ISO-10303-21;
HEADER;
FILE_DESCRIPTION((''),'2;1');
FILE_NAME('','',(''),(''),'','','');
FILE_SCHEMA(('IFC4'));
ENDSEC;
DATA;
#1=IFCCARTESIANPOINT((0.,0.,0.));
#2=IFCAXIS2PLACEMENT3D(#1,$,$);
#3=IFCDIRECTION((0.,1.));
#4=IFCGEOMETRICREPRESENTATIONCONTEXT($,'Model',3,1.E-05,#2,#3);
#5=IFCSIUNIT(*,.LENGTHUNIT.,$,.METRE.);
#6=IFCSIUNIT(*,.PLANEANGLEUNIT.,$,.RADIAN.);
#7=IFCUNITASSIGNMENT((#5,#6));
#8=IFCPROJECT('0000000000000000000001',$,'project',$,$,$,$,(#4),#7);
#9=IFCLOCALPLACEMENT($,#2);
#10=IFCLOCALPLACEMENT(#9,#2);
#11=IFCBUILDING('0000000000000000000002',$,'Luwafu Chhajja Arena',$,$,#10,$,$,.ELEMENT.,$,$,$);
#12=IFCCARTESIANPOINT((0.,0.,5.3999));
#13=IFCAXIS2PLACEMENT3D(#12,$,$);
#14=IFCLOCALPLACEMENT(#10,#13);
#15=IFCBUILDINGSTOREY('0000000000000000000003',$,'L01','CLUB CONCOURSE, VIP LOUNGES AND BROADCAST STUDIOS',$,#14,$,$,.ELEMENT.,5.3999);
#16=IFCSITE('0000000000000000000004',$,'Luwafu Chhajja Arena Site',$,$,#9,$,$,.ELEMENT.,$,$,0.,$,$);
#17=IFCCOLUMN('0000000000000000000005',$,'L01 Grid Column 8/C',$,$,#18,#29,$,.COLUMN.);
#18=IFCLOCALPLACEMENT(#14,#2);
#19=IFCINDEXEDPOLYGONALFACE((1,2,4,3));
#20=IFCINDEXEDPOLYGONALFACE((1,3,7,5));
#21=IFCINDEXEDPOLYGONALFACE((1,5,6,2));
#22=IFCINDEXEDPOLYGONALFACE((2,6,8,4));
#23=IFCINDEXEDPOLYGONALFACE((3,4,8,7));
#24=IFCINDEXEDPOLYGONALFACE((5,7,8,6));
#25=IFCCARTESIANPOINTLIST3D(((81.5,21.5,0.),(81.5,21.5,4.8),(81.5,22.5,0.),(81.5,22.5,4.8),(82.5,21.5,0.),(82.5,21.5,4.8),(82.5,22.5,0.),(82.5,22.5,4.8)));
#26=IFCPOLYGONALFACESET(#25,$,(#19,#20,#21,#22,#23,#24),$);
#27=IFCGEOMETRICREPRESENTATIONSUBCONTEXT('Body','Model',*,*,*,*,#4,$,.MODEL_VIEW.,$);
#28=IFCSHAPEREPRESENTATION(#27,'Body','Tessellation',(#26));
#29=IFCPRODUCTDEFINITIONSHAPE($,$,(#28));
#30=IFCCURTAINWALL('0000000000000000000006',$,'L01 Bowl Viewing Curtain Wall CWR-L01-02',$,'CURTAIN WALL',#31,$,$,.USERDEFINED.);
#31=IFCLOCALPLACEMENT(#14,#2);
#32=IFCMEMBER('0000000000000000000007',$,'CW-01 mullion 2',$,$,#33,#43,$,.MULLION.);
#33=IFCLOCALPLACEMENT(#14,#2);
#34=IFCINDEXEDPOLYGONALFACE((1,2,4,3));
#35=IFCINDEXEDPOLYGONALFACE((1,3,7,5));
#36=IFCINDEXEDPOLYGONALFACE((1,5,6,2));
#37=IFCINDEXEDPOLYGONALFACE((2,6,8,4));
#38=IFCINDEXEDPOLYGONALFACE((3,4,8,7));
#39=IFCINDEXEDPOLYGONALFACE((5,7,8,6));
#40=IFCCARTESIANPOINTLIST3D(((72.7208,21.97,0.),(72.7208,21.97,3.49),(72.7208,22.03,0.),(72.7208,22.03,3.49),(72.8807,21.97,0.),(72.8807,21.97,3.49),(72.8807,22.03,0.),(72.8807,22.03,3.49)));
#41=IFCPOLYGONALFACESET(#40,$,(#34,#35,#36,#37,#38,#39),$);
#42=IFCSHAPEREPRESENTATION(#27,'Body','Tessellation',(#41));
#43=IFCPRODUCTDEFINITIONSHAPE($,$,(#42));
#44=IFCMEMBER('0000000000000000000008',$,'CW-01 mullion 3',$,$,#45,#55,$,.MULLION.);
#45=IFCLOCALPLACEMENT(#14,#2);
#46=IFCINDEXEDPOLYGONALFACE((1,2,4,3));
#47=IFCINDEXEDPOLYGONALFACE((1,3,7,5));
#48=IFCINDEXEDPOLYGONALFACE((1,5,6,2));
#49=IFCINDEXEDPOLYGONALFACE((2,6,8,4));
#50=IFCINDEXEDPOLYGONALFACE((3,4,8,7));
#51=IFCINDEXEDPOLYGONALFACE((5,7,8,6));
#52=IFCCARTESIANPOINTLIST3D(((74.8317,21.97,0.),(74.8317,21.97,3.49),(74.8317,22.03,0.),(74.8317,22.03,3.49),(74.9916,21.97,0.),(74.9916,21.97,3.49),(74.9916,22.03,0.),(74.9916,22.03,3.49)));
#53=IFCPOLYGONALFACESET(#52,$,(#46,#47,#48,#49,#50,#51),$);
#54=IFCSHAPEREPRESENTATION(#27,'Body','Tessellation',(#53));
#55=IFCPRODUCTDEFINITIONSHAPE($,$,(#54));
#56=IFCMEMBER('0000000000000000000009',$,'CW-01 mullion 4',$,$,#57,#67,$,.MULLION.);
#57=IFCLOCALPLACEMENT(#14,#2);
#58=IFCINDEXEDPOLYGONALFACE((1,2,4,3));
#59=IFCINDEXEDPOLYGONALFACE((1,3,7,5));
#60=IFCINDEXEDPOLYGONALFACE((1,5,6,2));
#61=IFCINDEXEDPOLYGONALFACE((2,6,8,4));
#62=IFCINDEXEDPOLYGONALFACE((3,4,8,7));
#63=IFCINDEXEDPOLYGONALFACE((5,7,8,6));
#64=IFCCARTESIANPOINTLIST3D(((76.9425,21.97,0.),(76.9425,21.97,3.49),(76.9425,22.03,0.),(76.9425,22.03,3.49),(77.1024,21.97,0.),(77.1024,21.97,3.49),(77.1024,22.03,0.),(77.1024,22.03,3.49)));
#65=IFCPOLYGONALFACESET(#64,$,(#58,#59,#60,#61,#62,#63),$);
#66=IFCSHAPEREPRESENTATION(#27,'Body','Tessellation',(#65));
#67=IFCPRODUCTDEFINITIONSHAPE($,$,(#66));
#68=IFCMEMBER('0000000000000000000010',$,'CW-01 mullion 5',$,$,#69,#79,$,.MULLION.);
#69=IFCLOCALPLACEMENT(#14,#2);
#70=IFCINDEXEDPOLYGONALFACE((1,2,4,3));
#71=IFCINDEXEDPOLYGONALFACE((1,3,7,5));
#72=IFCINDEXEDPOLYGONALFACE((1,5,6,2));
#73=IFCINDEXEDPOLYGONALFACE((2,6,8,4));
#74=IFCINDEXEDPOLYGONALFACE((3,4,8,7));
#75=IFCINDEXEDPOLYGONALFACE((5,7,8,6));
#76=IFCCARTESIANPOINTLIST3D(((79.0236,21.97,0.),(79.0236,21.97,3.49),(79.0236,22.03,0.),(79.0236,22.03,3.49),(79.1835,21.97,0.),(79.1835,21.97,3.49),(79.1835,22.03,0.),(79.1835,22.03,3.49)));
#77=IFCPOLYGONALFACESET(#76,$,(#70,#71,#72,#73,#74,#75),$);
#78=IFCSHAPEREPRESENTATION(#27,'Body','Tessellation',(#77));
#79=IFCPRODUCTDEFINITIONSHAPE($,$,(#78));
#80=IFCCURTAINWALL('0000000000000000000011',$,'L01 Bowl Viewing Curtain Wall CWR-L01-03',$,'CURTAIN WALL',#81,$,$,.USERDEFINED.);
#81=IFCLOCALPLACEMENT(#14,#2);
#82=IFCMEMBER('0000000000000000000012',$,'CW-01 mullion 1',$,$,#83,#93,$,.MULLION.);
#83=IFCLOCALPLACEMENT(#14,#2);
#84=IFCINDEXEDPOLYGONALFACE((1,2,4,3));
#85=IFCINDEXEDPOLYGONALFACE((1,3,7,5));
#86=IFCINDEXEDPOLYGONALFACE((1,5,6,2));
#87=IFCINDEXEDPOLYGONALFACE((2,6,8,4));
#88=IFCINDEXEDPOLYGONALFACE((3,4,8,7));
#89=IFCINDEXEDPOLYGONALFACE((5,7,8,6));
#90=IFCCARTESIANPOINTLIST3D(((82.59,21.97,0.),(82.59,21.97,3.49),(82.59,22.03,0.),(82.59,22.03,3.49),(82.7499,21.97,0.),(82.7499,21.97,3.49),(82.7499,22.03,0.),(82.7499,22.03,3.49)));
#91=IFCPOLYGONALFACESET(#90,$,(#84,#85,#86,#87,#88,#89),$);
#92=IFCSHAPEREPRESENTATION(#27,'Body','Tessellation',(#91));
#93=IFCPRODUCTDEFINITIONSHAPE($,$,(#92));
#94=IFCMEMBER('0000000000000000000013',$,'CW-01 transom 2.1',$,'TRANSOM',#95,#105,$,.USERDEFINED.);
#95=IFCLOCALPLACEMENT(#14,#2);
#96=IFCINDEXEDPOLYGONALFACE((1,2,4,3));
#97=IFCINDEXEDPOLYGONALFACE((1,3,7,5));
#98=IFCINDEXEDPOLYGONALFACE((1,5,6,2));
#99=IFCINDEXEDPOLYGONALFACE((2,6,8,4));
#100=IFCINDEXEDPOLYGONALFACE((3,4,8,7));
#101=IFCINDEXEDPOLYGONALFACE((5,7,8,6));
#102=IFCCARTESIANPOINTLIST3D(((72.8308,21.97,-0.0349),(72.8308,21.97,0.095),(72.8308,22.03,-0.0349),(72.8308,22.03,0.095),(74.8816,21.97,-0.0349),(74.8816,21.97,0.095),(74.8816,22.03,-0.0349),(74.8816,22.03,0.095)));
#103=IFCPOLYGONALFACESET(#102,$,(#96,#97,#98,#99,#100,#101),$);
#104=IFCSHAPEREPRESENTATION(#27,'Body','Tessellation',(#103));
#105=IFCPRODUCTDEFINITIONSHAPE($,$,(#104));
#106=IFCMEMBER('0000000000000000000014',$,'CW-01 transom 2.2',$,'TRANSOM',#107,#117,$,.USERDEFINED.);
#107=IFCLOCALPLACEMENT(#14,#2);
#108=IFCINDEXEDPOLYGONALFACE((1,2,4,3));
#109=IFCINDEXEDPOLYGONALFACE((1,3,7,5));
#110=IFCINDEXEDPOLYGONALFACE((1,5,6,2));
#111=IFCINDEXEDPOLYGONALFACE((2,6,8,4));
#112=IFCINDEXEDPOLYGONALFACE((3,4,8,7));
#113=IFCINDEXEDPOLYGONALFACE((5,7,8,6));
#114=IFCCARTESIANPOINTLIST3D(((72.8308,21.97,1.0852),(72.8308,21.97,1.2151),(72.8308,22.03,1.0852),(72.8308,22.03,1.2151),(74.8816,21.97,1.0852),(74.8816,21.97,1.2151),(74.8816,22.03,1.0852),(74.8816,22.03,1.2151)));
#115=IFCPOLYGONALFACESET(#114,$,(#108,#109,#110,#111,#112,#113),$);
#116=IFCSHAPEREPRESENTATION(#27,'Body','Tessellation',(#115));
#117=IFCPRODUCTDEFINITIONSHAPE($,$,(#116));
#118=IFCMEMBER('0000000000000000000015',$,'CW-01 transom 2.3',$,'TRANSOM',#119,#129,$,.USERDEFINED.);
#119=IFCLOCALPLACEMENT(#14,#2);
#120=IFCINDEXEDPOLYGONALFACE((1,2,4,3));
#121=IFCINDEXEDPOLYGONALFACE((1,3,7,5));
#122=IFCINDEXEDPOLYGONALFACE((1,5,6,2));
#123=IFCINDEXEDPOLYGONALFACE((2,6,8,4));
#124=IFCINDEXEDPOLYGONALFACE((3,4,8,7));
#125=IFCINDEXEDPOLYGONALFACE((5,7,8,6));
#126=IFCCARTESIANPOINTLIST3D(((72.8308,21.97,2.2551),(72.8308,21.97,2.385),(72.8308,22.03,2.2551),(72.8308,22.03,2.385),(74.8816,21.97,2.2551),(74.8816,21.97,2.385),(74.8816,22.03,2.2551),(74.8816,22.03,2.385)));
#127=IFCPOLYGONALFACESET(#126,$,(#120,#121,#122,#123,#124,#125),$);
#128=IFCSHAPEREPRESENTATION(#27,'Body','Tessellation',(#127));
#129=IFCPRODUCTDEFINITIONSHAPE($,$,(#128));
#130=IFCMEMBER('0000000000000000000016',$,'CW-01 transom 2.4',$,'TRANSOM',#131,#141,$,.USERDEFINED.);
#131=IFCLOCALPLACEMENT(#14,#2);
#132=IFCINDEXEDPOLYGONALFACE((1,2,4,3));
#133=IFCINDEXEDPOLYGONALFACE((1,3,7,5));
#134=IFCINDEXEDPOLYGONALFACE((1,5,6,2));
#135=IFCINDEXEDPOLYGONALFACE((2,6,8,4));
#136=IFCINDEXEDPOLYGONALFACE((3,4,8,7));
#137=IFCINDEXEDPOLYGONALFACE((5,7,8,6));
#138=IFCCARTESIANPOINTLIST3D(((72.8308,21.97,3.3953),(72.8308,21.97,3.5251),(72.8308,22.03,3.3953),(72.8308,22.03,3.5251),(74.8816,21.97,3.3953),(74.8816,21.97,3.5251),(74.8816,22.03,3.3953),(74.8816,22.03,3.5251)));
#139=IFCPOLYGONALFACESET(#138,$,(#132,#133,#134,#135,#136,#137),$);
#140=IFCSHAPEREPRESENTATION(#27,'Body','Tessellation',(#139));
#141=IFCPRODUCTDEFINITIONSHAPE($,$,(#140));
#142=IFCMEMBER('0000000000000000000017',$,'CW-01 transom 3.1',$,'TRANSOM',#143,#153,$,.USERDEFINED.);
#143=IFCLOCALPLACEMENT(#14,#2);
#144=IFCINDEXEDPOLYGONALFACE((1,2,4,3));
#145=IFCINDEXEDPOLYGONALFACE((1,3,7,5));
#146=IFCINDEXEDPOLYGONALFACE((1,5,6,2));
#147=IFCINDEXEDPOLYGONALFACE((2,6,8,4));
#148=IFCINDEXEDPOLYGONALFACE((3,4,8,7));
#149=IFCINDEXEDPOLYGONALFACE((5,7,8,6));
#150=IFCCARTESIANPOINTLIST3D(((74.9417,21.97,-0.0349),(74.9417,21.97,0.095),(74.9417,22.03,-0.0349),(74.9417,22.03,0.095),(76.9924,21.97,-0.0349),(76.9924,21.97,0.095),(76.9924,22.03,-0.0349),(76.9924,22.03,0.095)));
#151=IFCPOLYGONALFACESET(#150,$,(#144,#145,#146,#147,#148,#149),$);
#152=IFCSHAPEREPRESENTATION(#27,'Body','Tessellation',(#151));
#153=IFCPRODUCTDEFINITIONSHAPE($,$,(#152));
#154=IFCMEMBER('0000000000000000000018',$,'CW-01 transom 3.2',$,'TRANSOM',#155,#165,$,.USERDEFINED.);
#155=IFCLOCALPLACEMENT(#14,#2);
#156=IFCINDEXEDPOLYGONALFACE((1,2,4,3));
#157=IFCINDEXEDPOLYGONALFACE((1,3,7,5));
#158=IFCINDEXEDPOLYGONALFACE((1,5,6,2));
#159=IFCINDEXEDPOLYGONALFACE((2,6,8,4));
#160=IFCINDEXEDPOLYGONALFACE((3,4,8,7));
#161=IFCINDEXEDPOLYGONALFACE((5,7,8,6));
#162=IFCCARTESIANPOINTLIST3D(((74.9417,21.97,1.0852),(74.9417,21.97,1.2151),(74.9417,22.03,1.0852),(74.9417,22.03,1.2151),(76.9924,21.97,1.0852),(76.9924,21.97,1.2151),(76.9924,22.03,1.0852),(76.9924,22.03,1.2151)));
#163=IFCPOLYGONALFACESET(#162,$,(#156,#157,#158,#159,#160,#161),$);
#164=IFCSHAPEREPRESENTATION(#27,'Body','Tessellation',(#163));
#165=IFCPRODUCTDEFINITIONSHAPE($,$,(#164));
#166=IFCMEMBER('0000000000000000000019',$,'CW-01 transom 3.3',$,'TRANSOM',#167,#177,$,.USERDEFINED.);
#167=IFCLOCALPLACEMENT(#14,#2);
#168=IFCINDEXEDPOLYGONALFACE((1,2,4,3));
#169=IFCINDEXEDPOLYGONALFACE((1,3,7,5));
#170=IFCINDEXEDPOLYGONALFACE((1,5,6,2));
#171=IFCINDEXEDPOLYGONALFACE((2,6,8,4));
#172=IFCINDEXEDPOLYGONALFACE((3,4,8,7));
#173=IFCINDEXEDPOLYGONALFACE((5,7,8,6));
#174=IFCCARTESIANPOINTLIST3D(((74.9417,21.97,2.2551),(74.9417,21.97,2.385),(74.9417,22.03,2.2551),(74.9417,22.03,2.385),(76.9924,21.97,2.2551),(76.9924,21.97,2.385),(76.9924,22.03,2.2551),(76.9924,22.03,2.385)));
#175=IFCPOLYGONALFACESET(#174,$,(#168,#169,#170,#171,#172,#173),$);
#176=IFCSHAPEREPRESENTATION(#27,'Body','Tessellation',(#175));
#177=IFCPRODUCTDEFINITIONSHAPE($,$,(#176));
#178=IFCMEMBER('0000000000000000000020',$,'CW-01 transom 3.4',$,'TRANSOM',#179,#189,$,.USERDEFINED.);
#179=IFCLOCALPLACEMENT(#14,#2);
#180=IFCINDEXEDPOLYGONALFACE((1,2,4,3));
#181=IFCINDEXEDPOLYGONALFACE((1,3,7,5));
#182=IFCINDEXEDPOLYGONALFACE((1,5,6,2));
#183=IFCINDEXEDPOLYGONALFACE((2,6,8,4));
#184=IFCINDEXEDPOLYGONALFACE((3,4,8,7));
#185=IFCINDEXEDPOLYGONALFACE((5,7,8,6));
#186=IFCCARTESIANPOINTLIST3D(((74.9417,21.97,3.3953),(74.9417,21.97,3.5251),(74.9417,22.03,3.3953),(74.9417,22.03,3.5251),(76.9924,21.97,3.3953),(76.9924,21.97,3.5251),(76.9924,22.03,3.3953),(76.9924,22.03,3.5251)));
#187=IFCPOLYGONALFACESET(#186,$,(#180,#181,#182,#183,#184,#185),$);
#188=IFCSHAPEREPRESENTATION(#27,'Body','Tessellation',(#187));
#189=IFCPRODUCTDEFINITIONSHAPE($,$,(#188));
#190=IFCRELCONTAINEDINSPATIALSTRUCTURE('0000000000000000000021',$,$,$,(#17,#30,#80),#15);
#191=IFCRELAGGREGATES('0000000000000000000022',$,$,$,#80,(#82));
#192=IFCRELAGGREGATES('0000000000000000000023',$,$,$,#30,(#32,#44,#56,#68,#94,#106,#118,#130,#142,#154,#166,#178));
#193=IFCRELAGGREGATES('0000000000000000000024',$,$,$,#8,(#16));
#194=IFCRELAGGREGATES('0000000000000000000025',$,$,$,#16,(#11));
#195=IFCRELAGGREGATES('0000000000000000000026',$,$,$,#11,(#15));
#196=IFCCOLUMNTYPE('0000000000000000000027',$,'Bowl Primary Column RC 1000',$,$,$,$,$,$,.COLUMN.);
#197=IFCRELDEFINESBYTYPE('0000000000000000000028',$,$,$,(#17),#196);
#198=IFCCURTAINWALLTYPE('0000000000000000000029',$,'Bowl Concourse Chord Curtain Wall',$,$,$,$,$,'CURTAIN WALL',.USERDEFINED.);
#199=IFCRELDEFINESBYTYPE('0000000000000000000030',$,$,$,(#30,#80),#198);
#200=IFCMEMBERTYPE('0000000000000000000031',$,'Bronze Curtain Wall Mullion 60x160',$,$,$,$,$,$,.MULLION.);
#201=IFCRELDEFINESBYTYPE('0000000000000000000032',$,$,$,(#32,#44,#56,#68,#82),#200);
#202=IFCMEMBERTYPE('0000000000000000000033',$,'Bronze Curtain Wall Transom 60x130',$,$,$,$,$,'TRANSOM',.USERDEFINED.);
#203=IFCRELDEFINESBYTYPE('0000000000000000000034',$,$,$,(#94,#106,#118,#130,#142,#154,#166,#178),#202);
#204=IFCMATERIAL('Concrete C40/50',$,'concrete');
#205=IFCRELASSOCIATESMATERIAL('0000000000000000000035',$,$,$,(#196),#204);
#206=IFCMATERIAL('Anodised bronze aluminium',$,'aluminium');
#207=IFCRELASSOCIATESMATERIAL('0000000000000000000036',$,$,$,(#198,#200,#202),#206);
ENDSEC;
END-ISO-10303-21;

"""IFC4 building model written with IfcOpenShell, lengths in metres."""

from ifc_helpers import new_model, si_unit, direction, frame, origin, origin_2d, place, context, subcontext, project, spatial, rectangle, extrude, material, material_profile, profile_set, type_object, element, aggregate, save


model = new_model("IFC4")

# Units and contexts
model_context = context("Model", 3, precision=1e-05, world=origin(), true_north=direction((0.0, 1.0)))
body_context = subcontext(model_context, "Body", "Model", "MODEL_VIEW")
ifc_project = project(units=[si_unit("LENGTHUNIT", "METRE"), si_unit("PLANEANGLEUNIT", "RADIAN")], contexts=[model_context])

# Site, building, storey
site_placement = place(None, origin())
site = spatial("IfcSite", under=ifc_project, at=site_placement, Name="Luwafu Chhajja Arena Site", CompositionType="ELEMENT", RefElevation=0.0)
building_placement = place(site_placement, origin())
building = spatial("IfcBuilding", under=site, at=building_placement, Name="Luwafu Chhajja Arena", CompositionType="ELEMENT")
storey_placement = place(building_placement, frame((0.0, 0.0, 5.3999)))
storey = spatial("IfcBuildingStorey", under=building, at=storey_placement, Name="L01", Description="CLUB CONCOURSE, VIP LOUNGES AND BROADCAST STUDIOS", CompositionType="ELEMENT", Elevation=5.3999)

# Column
ifc_material_1 = material(Name="Concrete C40/50", Category="concrete")
ifc_material_profile_1 = material_profile(ifc_material_1, rectangle(XDim=1.0, YDim=1.0, at=origin_2d()), Name="RC 1000x1000")
ifc_profile_set_1 = profile_set([ifc_material_profile_1], Name="Concrete C40/50")
column_type = type_object("IfcColumnType", Name="Bowl Primary Column RC 1000", PredefinedType="COLUMN", material=ifc_profile_set_1)
column_placement = place(storey_placement, frame((82.0, 22.0, 0.0), z_axis=(0.0, 0.0, 1.0), x_axis=(1.0, 0.0, 0.0)))
element("IfcColumn", 1, at=column_placement, inside=storey, type_object=column_type, Name="L01 Grid Column 8/C", PredefinedType="COLUMN", context=body_context, shape_type="SweptSolid", body=[
    extrude(rectangle(XDim=1.0, YDim=1.0, at=origin_2d()), origin(), (0.0, 0.0, 1.0), 4.8),
])

# Curtain wall, members
ifc_material_2 = material(Name="Anodised bronze aluminium", Category="aluminium")
curtain_wall_type = type_object("IfcCurtainWallType", Name="Bowl Concourse Chord Curtain Wall", ElementType="CURTAIN WALL", PredefinedType="USERDEFINED", material=ifc_material_2)
curtain_wall_1_placement = place(storey_placement, origin())
curtain_wall_1 = element("IfcCurtainWall", 2, at=curtain_wall_1_placement, inside=storey, type_object=curtain_wall_type, Name="L01 Bowl Viewing Curtain Wall CWR-L01-02", ObjectType="CURTAIN WALL", PredefinedType="USERDEFINED")
ifc_material_profile_2 = material_profile(ifc_material_2, rectangle(XDim=0.0601, YDim=0.1599, at=origin_2d()), Name="CWM 60x160")
ifc_profile_set_2 = profile_set([ifc_material_profile_2], Name="Anodised bronze aluminium")
member_type_1 = type_object("IfcMemberType", Name="Bronze Curtain Wall Mullion 60x160", PredefinedType="MULLION", material=ifc_profile_set_2)
member_1_placement = place(storey_placement, frame((72.8008, 22.0, 0.0), z_axis=(0.0, 0.0, 1.0), x_axis=(0.0, 1.0, 0.0)))
member_1 = element("IfcMember", 3, at=member_1_placement, type_object=member_type_1, Name="CW-01 mullion 2", PredefinedType="MULLION", context=body_context, shape_type="SweptSolid", body=[
    extrude(rectangle(XDim=0.0601, YDim=0.1599, at=origin_2d()), origin(), (0.0, 0.0, 1.0), 3.49),
])
member_2_placement = place(storey_placement, frame((74.9116, 22.0, 0.0), z_axis=(0.0, 0.0, 1.0), x_axis=(0.0, 1.0, 0.0)))
member_2 = element("IfcMember", 4, at=member_2_placement, type_object=member_type_1, Name="CW-01 mullion 3", PredefinedType="MULLION", context=body_context, shape_type="SweptSolid", body=[
    extrude(rectangle(XDim=0.0601, YDim=0.1599, at=origin_2d()), origin(), (0.0, 0.0, 1.0), 3.49),
])
member_3_placement = place(storey_placement, frame((77.0225, 22.0, 0.0), z_axis=(0.0, 0.0, 1.0), x_axis=(0.0, 1.0, 0.0)))
member_3 = element("IfcMember", 5, at=member_3_placement, type_object=member_type_1, Name="CW-01 mullion 4", PredefinedType="MULLION", context=body_context, shape_type="SweptSolid", body=[
    extrude(rectangle(XDim=0.0601, YDim=0.1599, at=origin_2d()), origin(), (0.0, 0.0, 1.0), 3.49),
])
member_4_placement = place(storey_placement, frame((79.1035, 22.0, 0.0), z_axis=(0.0, 0.0, 1.0), x_axis=(0.0, 1.0, 0.0)))
member_4 = element("IfcMember", 6, at=member_4_placement, type_object=member_type_1, Name="CW-01 mullion 5", PredefinedType="MULLION", context=body_context, shape_type="SweptSolid", body=[
    extrude(rectangle(XDim=0.0601, YDim=0.1599, at=origin_2d()), origin(), (0.0, 0.0, 1.0), 3.49),
])

# Curtain wall, member
curtain_wall_2_placement = place(storey_placement, origin())
curtain_wall_2 = element("IfcCurtainWall", 7, at=curtain_wall_2_placement, inside=storey, type_object=curtain_wall_type, Name="L01 Bowl Viewing Curtain Wall CWR-L01-03", ObjectType="CURTAIN WALL", PredefinedType="USERDEFINED")
member_5_placement = place(storey_placement, frame((82.6699, 22.0, 0.0), z_axis=(0.0, 0.0, 1.0), x_axis=(0.0, 1.0, 0.0)))
member_5 = element("IfcMember", 8, at=member_5_placement, type_object=member_type_1, Name="CW-01 mullion 1", PredefinedType="MULLION", context=body_context, shape_type="SweptSolid", body=[
    extrude(rectangle(XDim=0.0601, YDim=0.1599, at=origin_2d()), origin(), (0.0, 0.0, 1.0), 3.49),
])

# Members
ifc_material_profile_3 = material_profile(ifc_material_2, rectangle(XDim=0.0601, YDim=0.1299, at=origin_2d()), Name="CWT 60x130")
ifc_profile_set_3 = profile_set([ifc_material_profile_3], Name="Anodised bronze aluminium")
member_type_2 = type_object("IfcMemberType", Name="Bronze Curtain Wall Transom 60x130", ElementType="TRANSOM", PredefinedType="USERDEFINED", material=ifc_profile_set_3)
member_6_placement = place(storey_placement, frame((72.8308, 22.0, 0.03), z_axis=(1.0, 0.0, 0.0), x_axis=(0.0, 1.0, 0.0)))
member_6 = element("IfcMember", 9, at=member_6_placement, type_object=member_type_2, Name="CW-01 transom 2.1", ObjectType="TRANSOM", PredefinedType="USERDEFINED", context=body_context, shape_type="SweptSolid", body=[
    extrude(rectangle(XDim=0.0601, YDim=0.1299, at=origin_2d()), origin(), (0.0, 0.0, 1.0), 2.0508),
])
member_7_placement = place(storey_placement, frame((72.8308, 22.0, 1.1501), z_axis=(1.0, 0.0, 0.0), x_axis=(0.0, 1.0, 0.0)))
member_7 = element("IfcMember", 10, at=member_7_placement, type_object=member_type_2, Name="CW-01 transom 2.2", ObjectType="TRANSOM", PredefinedType="USERDEFINED", context=body_context, shape_type="SweptSolid", body=[
    extrude(rectangle(XDim=0.0601, YDim=0.1299, at=origin_2d()), origin(), (0.0, 0.0, 1.0), 2.0508),
])
member_8_placement = place(storey_placement, frame((72.8308, 22.0, 2.3201), z_axis=(1.0, 0.0, 0.0), x_axis=(0.0, 1.0, 0.0)))
member_8 = element("IfcMember", 11, at=member_8_placement, type_object=member_type_2, Name="CW-01 transom 2.3", ObjectType="TRANSOM", PredefinedType="USERDEFINED", context=body_context, shape_type="SweptSolid", body=[
    extrude(rectangle(XDim=0.0601, YDim=0.1299, at=origin_2d()), origin(), (0.0, 0.0, 1.0), 2.0508),
])
member_9_placement = place(storey_placement, frame((72.8308, 22.0, 3.4602), z_axis=(1.0, 0.0, 0.0), x_axis=(0.0, 1.0, 0.0)))
member_9 = element("IfcMember", 12, at=member_9_placement, type_object=member_type_2, Name="CW-01 transom 2.4", ObjectType="TRANSOM", PredefinedType="USERDEFINED", context=body_context, shape_type="SweptSolid", body=[
    extrude(rectangle(XDim=0.0601, YDim=0.1299, at=origin_2d()), origin(), (0.0, 0.0, 1.0), 2.0508),
])
member_10_placement = place(storey_placement, frame((74.9417, 22.0, 0.03), z_axis=(1.0, 0.0, 0.0), x_axis=(0.0, 1.0, 0.0)))
member_10 = element("IfcMember", 13, at=member_10_placement, type_object=member_type_2, Name="CW-01 transom 3.1", ObjectType="TRANSOM", PredefinedType="USERDEFINED", context=body_context, shape_type="SweptSolid", body=[
    extrude(rectangle(XDim=0.0601, YDim=0.1299, at=origin_2d()), origin(), (0.0, 0.0, 1.0), 2.0508),
])
member_11_placement = place(storey_placement, frame((74.9417, 22.0, 1.1501), z_axis=(1.0, 0.0, 0.0), x_axis=(0.0, 1.0, 0.0)))
member_11 = element("IfcMember", 14, at=member_11_placement, type_object=member_type_2, Name="CW-01 transom 3.2", ObjectType="TRANSOM", PredefinedType="USERDEFINED", context=body_context, shape_type="SweptSolid", body=[
    extrude(rectangle(XDim=0.0601, YDim=0.1299, at=origin_2d()), origin(), (0.0, 0.0, 1.0), 2.0508),
])
member_12_placement = place(storey_placement, frame((74.9417, 22.0, 2.3201), z_axis=(1.0, 0.0, 0.0), x_axis=(0.0, 1.0, 0.0)))
member_12 = element("IfcMember", 15, at=member_12_placement, type_object=member_type_2, Name="CW-01 transom 3.3", ObjectType="TRANSOM", PredefinedType="USERDEFINED", context=body_context, shape_type="SweptSolid", body=[
    extrude(rectangle(XDim=0.0601, YDim=0.1299, at=origin_2d()), origin(), (0.0, 0.0, 1.0), 2.0508),
])
member_13_placement = place(storey_placement, frame((74.9417, 22.0, 3.4602), z_axis=(1.0, 0.0, 0.0), x_axis=(0.0, 1.0, 0.0)))
member_13 = element("IfcMember", 16, at=member_13_placement, type_object=member_type_2, Name="CW-01 transom 3.4", ObjectType="TRANSOM", PredefinedType="USERDEFINED", context=body_context, shape_type="SweptSolid", body=[
    extrude(rectangle(XDim=0.0601, YDim=0.1299, at=origin_2d()), origin(), (0.0, 0.0, 1.0), 2.0508),
])
aggregate(curtain_wall_2, [member_5])

aggregate(curtain_wall_1, [member_1, member_2, member_3, member_4, member_6, member_7, member_8, member_9, member_10, member_11, member_12, member_13])

save(model, "model.ifc")
